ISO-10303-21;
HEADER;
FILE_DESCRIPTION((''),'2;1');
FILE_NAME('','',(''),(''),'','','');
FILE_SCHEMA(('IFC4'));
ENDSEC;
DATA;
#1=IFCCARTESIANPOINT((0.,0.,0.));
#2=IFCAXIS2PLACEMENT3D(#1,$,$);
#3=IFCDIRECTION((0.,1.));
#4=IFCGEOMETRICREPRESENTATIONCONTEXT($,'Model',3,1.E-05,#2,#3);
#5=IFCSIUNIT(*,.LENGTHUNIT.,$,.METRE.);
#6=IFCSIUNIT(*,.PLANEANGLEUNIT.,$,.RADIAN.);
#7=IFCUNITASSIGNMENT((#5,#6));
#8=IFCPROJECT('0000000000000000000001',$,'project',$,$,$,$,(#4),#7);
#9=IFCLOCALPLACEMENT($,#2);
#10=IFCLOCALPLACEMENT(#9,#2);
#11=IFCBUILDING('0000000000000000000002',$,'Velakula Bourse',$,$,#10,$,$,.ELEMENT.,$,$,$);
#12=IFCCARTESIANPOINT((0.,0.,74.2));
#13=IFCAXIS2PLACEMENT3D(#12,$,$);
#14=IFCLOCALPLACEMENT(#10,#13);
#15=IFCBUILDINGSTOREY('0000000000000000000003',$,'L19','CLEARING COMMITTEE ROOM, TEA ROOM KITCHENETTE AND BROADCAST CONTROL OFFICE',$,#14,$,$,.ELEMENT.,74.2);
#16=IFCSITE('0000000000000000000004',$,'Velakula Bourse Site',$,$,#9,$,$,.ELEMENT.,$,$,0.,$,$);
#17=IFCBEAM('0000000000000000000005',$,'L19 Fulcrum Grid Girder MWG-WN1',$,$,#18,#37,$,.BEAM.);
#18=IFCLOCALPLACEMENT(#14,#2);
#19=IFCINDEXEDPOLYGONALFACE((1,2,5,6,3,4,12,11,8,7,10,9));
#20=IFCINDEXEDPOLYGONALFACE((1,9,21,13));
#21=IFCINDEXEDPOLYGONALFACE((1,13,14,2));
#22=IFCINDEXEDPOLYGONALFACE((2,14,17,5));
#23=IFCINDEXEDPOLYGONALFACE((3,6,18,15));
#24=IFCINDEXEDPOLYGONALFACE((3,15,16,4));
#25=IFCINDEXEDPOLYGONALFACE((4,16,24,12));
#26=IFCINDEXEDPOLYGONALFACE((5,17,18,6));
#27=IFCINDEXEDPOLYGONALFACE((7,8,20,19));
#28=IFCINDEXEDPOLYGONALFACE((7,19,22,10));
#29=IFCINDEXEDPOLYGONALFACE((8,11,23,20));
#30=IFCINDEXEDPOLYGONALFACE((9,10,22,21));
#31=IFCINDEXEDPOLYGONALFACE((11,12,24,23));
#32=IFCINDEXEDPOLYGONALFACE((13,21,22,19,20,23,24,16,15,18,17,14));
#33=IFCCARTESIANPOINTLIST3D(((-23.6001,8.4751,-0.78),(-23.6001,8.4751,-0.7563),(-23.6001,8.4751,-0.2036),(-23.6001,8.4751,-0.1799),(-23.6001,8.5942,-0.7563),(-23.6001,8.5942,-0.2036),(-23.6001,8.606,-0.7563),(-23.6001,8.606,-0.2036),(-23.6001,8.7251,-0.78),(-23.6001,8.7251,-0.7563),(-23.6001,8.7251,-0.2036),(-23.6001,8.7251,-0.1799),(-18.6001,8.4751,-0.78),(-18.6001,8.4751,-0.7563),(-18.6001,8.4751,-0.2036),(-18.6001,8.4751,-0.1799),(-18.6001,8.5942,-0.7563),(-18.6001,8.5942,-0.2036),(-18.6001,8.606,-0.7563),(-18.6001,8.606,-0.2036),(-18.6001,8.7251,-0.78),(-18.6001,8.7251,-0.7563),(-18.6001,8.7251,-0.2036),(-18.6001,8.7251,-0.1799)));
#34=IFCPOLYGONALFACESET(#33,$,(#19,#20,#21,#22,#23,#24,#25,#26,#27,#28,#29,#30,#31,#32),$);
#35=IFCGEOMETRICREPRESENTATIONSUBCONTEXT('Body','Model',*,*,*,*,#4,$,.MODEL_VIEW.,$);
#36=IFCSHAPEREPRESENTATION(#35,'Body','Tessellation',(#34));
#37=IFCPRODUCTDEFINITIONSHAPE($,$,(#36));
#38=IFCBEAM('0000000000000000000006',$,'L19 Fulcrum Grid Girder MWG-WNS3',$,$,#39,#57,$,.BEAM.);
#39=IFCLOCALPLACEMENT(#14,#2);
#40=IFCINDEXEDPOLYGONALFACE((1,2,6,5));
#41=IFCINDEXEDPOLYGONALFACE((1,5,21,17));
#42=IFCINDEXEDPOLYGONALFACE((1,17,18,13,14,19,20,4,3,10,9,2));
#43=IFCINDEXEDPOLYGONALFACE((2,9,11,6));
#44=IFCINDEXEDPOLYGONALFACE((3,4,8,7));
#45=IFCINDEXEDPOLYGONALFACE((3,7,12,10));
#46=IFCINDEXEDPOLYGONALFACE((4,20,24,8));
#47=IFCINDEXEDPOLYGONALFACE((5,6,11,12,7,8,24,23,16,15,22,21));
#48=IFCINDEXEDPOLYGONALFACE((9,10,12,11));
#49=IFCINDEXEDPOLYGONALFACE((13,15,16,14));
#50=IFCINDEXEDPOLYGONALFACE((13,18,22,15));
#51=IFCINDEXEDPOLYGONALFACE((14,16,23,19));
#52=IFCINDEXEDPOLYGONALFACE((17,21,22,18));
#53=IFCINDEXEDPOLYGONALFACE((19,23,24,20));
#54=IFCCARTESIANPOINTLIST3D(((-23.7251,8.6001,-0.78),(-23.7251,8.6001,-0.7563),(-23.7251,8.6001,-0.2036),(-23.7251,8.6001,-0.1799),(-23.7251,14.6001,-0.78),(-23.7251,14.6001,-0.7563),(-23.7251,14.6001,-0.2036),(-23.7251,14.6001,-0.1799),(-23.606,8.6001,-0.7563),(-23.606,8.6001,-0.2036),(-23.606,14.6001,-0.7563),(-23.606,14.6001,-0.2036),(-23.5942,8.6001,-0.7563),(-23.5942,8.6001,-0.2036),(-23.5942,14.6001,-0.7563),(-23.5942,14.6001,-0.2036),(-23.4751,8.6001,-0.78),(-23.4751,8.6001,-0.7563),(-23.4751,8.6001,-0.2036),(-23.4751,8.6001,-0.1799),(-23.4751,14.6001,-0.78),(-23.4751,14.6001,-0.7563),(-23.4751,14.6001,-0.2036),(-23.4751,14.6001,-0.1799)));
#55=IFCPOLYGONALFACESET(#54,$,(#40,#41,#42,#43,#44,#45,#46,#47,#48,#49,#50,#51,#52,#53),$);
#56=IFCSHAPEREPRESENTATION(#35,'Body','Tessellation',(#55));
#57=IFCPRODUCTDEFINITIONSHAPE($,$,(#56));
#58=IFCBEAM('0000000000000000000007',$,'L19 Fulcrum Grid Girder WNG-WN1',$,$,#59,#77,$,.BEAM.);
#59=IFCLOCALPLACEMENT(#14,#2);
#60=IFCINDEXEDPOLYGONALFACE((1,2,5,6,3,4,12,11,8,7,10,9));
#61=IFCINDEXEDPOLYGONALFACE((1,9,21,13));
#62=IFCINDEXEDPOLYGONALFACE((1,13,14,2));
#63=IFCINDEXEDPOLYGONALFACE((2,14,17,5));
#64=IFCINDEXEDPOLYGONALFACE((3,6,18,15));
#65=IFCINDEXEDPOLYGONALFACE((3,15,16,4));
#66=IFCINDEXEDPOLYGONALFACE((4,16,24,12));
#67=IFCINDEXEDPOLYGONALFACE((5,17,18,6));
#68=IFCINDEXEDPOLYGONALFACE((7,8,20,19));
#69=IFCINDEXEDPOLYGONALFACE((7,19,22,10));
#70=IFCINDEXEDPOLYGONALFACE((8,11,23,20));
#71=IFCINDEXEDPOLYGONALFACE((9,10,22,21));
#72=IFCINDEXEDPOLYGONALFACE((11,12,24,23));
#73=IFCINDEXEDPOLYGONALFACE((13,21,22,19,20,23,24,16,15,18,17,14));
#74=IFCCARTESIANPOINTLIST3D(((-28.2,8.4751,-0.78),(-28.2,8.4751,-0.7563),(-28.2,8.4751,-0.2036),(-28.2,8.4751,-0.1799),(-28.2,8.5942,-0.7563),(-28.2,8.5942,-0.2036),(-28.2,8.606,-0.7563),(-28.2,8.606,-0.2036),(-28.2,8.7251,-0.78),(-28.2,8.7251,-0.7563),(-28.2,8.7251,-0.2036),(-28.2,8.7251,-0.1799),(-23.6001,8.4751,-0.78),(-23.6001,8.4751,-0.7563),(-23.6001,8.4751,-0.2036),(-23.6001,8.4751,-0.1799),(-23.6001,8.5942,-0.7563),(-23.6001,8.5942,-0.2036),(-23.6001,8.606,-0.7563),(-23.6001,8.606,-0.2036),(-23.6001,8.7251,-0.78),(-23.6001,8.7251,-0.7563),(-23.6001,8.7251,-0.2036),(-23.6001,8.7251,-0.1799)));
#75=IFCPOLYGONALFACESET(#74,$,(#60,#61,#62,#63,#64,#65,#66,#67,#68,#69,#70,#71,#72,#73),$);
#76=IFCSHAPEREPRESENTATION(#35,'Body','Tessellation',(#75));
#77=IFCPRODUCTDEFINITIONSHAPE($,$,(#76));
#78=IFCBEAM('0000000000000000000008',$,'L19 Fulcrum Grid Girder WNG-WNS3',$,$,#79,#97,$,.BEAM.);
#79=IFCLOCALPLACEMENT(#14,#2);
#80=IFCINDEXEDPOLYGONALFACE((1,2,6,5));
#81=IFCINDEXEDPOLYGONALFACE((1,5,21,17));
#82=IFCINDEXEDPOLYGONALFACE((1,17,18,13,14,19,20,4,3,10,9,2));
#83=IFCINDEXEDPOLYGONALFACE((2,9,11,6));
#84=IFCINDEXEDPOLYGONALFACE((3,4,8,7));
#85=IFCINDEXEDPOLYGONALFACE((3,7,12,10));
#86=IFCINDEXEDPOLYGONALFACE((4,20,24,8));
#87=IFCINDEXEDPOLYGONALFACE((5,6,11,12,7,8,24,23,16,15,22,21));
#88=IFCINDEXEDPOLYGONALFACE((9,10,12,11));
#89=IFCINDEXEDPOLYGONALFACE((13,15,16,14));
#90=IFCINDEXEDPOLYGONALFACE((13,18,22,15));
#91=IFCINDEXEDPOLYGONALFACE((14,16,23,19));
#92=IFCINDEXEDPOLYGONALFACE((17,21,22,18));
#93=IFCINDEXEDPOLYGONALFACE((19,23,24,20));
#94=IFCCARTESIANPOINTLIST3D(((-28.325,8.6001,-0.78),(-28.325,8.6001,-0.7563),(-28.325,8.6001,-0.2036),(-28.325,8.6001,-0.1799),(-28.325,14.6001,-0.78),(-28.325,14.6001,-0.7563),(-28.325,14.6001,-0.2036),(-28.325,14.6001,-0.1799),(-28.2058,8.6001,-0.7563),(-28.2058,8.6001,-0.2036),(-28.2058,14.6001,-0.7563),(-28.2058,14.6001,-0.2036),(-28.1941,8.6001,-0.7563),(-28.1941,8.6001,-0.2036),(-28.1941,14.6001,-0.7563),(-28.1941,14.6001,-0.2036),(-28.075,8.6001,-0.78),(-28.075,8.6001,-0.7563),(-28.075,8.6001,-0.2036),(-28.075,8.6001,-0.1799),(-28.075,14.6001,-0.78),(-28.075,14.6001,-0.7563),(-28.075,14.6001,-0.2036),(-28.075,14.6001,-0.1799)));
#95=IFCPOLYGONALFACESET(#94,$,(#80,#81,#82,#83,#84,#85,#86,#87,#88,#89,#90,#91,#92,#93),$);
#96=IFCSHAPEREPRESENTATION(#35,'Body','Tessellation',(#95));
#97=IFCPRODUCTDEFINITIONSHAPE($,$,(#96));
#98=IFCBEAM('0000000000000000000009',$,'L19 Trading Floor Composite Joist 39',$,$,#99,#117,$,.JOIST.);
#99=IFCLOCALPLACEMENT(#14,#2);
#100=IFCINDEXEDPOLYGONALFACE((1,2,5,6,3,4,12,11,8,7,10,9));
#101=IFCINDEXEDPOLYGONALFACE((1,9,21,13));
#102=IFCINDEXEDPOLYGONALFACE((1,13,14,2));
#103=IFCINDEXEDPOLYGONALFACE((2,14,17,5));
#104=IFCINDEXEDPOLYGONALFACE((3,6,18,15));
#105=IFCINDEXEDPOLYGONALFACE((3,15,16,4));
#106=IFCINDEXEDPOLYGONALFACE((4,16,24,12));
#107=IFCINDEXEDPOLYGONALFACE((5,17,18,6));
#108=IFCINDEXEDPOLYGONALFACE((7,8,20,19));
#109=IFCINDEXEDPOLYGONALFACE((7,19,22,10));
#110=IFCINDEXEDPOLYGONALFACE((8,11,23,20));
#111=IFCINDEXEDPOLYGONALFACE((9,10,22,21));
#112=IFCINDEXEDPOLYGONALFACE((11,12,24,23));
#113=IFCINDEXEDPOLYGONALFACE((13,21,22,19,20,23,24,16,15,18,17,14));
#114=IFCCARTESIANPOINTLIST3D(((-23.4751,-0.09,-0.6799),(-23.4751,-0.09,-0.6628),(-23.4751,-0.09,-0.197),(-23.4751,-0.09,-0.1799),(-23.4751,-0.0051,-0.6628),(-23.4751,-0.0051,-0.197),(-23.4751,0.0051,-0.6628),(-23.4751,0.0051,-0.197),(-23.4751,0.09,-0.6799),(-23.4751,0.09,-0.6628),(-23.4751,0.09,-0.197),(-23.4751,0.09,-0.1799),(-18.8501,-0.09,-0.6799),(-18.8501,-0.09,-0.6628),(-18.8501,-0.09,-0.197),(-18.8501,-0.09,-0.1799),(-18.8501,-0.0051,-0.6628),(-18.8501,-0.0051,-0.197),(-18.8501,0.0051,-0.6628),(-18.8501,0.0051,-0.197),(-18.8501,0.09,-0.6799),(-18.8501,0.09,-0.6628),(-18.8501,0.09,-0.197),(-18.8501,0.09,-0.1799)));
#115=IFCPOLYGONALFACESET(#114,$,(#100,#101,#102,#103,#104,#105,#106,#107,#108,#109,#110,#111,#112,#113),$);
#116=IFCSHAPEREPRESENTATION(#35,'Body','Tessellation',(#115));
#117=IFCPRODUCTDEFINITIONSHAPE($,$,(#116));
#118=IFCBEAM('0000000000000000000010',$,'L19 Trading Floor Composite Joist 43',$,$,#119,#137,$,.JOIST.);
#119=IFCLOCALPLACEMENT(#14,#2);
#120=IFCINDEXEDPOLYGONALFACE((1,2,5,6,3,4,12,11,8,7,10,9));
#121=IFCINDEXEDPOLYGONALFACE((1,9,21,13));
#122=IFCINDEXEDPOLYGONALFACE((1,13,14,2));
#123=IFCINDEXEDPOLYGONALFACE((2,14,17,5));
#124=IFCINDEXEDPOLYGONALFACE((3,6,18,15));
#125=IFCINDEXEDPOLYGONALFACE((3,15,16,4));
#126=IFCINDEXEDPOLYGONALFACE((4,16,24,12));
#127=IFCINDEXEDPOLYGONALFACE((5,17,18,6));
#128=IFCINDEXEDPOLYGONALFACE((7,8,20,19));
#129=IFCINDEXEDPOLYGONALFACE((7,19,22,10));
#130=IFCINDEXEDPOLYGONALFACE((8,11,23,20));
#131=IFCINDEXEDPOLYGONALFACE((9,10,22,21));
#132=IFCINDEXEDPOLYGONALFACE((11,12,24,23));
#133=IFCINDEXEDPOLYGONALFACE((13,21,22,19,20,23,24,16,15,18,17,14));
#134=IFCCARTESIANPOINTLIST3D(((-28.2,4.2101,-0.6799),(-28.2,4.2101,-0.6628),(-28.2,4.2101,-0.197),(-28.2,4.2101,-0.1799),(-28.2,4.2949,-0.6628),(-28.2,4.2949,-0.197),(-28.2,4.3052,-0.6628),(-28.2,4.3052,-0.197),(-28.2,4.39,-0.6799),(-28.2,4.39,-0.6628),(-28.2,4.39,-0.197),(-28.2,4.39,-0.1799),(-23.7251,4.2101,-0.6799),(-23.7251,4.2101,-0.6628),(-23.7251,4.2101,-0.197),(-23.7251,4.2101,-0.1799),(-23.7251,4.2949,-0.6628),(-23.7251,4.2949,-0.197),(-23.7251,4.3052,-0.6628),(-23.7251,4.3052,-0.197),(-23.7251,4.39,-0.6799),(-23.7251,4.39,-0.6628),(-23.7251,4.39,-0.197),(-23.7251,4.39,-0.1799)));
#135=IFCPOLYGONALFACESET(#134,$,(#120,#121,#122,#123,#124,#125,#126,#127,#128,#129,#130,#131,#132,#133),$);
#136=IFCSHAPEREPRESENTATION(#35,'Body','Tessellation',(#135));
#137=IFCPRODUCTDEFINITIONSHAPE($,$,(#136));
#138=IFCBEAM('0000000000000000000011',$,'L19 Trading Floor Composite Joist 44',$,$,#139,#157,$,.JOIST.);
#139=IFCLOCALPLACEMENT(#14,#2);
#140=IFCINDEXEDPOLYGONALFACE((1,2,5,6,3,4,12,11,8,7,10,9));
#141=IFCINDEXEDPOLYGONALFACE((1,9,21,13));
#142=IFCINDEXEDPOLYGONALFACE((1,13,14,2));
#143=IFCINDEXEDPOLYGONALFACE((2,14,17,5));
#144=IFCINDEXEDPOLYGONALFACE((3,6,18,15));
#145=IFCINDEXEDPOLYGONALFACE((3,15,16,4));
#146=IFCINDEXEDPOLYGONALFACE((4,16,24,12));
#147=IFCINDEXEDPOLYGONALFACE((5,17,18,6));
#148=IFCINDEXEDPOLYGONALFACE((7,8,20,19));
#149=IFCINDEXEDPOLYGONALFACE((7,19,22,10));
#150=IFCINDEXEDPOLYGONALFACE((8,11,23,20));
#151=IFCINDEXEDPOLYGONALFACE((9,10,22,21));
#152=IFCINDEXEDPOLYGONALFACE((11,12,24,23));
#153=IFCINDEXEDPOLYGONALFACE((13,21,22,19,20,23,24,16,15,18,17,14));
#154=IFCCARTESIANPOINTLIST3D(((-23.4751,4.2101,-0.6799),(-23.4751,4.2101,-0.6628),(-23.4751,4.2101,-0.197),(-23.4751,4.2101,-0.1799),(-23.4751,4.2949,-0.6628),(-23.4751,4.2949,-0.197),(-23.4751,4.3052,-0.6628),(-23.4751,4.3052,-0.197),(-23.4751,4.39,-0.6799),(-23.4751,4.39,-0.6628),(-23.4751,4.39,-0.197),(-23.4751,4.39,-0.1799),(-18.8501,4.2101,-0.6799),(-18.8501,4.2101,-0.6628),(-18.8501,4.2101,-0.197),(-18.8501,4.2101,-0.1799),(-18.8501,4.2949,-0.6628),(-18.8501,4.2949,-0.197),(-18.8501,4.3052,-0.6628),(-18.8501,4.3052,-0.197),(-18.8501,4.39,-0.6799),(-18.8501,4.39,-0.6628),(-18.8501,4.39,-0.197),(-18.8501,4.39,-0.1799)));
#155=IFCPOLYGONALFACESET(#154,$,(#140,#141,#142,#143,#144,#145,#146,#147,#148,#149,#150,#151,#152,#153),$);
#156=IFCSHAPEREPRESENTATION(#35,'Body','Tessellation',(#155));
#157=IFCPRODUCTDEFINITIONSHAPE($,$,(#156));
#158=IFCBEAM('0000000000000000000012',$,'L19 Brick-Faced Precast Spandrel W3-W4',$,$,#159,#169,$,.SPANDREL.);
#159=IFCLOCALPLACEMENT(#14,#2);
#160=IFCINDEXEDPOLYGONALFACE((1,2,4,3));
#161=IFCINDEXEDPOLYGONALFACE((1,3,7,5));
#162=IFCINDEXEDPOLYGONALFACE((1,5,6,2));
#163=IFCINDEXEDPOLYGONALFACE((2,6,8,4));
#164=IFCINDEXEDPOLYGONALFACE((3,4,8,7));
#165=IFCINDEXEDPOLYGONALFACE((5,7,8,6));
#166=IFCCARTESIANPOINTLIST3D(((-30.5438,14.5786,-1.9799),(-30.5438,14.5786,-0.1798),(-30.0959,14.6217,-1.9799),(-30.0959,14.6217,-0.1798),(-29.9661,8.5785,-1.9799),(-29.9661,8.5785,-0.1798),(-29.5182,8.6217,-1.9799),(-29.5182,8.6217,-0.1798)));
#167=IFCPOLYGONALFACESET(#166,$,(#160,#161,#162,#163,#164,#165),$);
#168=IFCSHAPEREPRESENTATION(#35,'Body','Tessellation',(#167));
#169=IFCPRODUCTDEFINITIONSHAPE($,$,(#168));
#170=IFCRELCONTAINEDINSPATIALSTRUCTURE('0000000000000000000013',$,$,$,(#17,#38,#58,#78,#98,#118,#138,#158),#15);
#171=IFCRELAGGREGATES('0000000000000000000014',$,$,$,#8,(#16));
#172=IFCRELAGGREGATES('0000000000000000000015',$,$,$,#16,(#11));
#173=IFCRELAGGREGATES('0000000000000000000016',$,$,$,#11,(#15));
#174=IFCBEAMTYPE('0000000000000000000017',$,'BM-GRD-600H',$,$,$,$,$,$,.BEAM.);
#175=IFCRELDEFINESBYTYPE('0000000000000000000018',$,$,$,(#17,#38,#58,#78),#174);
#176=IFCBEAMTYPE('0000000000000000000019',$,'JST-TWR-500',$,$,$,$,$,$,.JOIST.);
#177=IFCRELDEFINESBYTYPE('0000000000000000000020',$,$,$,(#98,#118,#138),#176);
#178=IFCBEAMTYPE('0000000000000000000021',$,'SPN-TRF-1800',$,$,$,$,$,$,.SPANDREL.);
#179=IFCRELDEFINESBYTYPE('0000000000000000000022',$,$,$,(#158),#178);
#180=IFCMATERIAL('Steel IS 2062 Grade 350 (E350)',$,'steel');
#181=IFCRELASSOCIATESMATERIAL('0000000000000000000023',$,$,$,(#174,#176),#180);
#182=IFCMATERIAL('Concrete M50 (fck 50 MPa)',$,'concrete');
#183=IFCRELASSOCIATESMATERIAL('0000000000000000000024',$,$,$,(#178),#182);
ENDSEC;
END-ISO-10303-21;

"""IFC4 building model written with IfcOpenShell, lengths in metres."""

from ifc_helpers import new_model, si_unit, direction, frame, origin, origin_2d, place, context, subcontext, project, spatial, rectangle, i_section, extrude, material, material_profile, profile_set, type_object, element, save


model = new_model("IFC4")

# Units and contexts
model_context = context("Model", 3, precision=1e-05, world=origin(), true_north=direction((0.0, 1.0)))
body_context = subcontext(model_context, "Body", "Model", "MODEL_VIEW")
ifc_project = project(units=[si_unit("LENGTHUNIT", "METRE"), si_unit("PLANEANGLEUNIT", "RADIAN")], contexts=[model_context])

# Site, building, storey
site_placement = place(None, origin())
site = spatial("IfcSite", under=ifc_project, at=site_placement, Name="Velakula Bourse Site", CompositionType="ELEMENT", RefElevation=0.0)
building_placement = place(site_placement, origin())
building = spatial("IfcBuilding", under=site, at=building_placement, Name="Velakula Bourse", CompositionType="ELEMENT")
storey_placement = place(building_placement, frame((0.0, 0.0, 74.2)))
storey = spatial("IfcBuildingStorey", under=building, at=storey_placement, Name="L19", Description="CLEARING COMMITTEE ROOM, TEA ROOM KITCHENETTE AND BROADCAST CONTROL OFFICE", CompositionType="ELEMENT", Elevation=74.2)

# Beams
ifc_material_1 = material(Name="Steel IS 2062 Grade 350 (E350)", Category="steel")
ifc_material_profile_1 = material_profile(ifc_material_1, i_section(OverallWidth=0.25, OverallDepth=0.6001, WebThickness=0.0117, FlangeThickness=0.0237, at=origin_2d()), Name="Steel IS 2062 Grade 350 (E350)")
ifc_profile_set_1 = profile_set([ifc_material_profile_1], Name="Steel IS 2062 Grade 350 (E350)")
beam_type_1 = type_object("IfcBeamType", Name="BM-GRD-600H", PredefinedType="BEAM", material=ifc_profile_set_1)
beam_1_placement = place(storey_placement, frame((-23.6001, 8.6001, -0.48), z_axis=(1.0, 0.0, 0.0), x_axis=(0.0, 1.0, 0.0)))
element("IfcBeam", 1, at=beam_1_placement, inside=storey, type_object=beam_type_1, Name="L19 Fulcrum Grid Girder MWG-WN1", PredefinedType="BEAM", context=body_context, shape_type="SweptSolid", body=[
    extrude(i_section(OverallWidth=0.25, OverallDepth=0.6001, WebThickness=0.0117, FlangeThickness=0.0237, at=origin_2d()), origin(), (0.0, 0.0, 1.0), 5.0),
])
beam_2_placement = place(storey_placement, frame((-23.6001, 8.6001, -0.48), z_axis=(0.0, 1.0, 0.0), x_axis=(-1.0, 0.0, 0.0)))
element("IfcBeam", 2, at=beam_2_placement, inside=storey, type_object=beam_type_1, Name="L19 Fulcrum Grid Girder MWG-WNS3", PredefinedType="BEAM", context=body_context, shape_type="SweptSolid", body=[
    extrude(i_section(OverallWidth=0.25, OverallDepth=0.6001, WebThickness=0.0117, FlangeThickness=0.0237, at=origin_2d()), origin(), (0.0, 0.0, 1.0), 6.0),
])
beam_3_placement = place(storey_placement, frame((-28.2, 8.6001, -0.48), z_axis=(1.0, 0.0, 0.0), x_axis=(0.0, 1.0, 0.0)))
element("IfcBeam", 3, at=beam_3_placement, inside=storey, type_object=beam_type_1, Name="L19 Fulcrum Grid Girder WNG-WN1", PredefinedType="BEAM", context=body_context, shape_type="SweptSolid", body=[
    extrude(i_section(OverallWidth=0.25, OverallDepth=0.6001, WebThickness=0.0117, FlangeThickness=0.0237, at=origin_2d()), origin(), (0.0, 0.0, 1.0), 4.5999),
])
beam_4_placement = place(storey_placement, frame((-28.2, 8.6001, -0.48), z_axis=(0.0, 1.0, 0.0), x_axis=(-1.0, 0.0, 0.0)))
element("IfcBeam", 4, at=beam_4_placement, inside=storey, type_object=beam_type_1, Name="L19 Fulcrum Grid Girder WNG-WNS3", PredefinedType="BEAM", context=body_context, shape_type="SweptSolid", body=[
    extrude(i_section(OverallWidth=0.25, OverallDepth=0.6001, WebThickness=0.0117, FlangeThickness=0.0237, at=origin_2d()), origin(), (0.0, 0.0, 1.0), 6.0),
])
ifc_material_profile_2 = material_profile(ifc_material_1, i_section(OverallWidth=0.1799, OverallDepth=0.5, WebThickness=0.0103, FlangeThickness=0.0171, at=origin_2d()), Name="Steel IS 2062 Grade 350 (E350)")
ifc_profile_set_2 = profile_set([ifc_material_profile_2], Name="Steel IS 2062 Grade 350 (E350)")
beam_type_2 = type_object("IfcBeamType", Name="JST-TWR-500", PredefinedType="JOIST", material=ifc_profile_set_2)
beam_5_placement = place(storey_placement, frame((-23.4751, 0.0, -0.4299), z_axis=(1.0, 0.0, 0.0), x_axis=(0.0, 1.0, 0.0)))
element("IfcBeam", 5, at=beam_5_placement, inside=storey, type_object=beam_type_2, Name="L19 Trading Floor Composite Joist 39", PredefinedType="JOIST", context=body_context, shape_type="SweptSolid", body=[
    extrude(i_section(OverallWidth=0.1799, OverallDepth=0.5, WebThickness=0.0103, FlangeThickness=0.0171, at=origin_2d()), origin(), (0.0, 0.0, 1.0), 4.625),
])
beam_6_placement = place(storey_placement, frame((-28.2, 4.3, -0.4299), z_axis=(1.0, 0.0, 0.0), x_axis=(0.0, 1.0, 0.0)))
element("IfcBeam", 6, at=beam_6_placement, inside=storey, type_object=beam_type_2, Name="L19 Trading Floor Composite Joist 43", PredefinedType="JOIST", context=body_context, shape_type="SweptSolid", body=[
    extrude(i_section(OverallWidth=0.1799, OverallDepth=0.5, WebThickness=0.0103, FlangeThickness=0.0171, at=origin_2d()), origin(), (0.0, 0.0, 1.0), 4.4749),
])
beam_7_placement = place(storey_placement, frame((-23.4751, 4.3, -0.4299), z_axis=(1.0, 0.0, 0.0), x_axis=(0.0, 1.0, 0.0)))
element("IfcBeam", 7, at=beam_7_placement, inside=storey, type_object=beam_type_2, Name="L19 Trading Floor Composite Joist 44", PredefinedType="JOIST", context=body_context, shape_type="SweptSolid", body=[
    extrude(i_section(OverallWidth=0.1799, OverallDepth=0.5, WebThickness=0.0103, FlangeThickness=0.0171, at=origin_2d()), origin(), (0.0, 0.0, 1.0), 4.625),
])
ifc_material_2 = material(Name="Concrete M50 (fck 50 MPa)", Category="concrete")
ifc_material_profile_3 = material_profile(ifc_material_2, rectangle(XDim=0.45, YDim=1.8, at=origin_2d()), Name="Concrete M50 (fck 50 MPa)")
ifc_profile_set_3 = profile_set([ifc_material_profile_3], Name="Concrete M50 (fck 50 MPa)")
beam_type_3 = type_object("IfcBeamType", Name="SPN-TRF-1800", PredefinedType="SPANDREL", material=ifc_profile_set_3)
beam_8_placement = place(storey_placement, frame((-29.7422, 8.6001, -1.0798), z_axis=(-0.09583, 0.995398, 0.0), x_axis=(-0.995398, -0.09583, 0.0)))
element("IfcBeam", 8, at=beam_8_placement, inside=storey, type_object=beam_type_3, Name="L19 Brick-Faced Precast Spandrel W3-W4", PredefinedType="SPANDREL", context=body_context, shape_type="SweptSolid", body=[
    extrude(rectangle(XDim=0.45, YDim=1.8, at=origin_2d()), origin(), (0.0, 0.0, 1.0), 6.0278),
])

save(model, "model.ifc")
